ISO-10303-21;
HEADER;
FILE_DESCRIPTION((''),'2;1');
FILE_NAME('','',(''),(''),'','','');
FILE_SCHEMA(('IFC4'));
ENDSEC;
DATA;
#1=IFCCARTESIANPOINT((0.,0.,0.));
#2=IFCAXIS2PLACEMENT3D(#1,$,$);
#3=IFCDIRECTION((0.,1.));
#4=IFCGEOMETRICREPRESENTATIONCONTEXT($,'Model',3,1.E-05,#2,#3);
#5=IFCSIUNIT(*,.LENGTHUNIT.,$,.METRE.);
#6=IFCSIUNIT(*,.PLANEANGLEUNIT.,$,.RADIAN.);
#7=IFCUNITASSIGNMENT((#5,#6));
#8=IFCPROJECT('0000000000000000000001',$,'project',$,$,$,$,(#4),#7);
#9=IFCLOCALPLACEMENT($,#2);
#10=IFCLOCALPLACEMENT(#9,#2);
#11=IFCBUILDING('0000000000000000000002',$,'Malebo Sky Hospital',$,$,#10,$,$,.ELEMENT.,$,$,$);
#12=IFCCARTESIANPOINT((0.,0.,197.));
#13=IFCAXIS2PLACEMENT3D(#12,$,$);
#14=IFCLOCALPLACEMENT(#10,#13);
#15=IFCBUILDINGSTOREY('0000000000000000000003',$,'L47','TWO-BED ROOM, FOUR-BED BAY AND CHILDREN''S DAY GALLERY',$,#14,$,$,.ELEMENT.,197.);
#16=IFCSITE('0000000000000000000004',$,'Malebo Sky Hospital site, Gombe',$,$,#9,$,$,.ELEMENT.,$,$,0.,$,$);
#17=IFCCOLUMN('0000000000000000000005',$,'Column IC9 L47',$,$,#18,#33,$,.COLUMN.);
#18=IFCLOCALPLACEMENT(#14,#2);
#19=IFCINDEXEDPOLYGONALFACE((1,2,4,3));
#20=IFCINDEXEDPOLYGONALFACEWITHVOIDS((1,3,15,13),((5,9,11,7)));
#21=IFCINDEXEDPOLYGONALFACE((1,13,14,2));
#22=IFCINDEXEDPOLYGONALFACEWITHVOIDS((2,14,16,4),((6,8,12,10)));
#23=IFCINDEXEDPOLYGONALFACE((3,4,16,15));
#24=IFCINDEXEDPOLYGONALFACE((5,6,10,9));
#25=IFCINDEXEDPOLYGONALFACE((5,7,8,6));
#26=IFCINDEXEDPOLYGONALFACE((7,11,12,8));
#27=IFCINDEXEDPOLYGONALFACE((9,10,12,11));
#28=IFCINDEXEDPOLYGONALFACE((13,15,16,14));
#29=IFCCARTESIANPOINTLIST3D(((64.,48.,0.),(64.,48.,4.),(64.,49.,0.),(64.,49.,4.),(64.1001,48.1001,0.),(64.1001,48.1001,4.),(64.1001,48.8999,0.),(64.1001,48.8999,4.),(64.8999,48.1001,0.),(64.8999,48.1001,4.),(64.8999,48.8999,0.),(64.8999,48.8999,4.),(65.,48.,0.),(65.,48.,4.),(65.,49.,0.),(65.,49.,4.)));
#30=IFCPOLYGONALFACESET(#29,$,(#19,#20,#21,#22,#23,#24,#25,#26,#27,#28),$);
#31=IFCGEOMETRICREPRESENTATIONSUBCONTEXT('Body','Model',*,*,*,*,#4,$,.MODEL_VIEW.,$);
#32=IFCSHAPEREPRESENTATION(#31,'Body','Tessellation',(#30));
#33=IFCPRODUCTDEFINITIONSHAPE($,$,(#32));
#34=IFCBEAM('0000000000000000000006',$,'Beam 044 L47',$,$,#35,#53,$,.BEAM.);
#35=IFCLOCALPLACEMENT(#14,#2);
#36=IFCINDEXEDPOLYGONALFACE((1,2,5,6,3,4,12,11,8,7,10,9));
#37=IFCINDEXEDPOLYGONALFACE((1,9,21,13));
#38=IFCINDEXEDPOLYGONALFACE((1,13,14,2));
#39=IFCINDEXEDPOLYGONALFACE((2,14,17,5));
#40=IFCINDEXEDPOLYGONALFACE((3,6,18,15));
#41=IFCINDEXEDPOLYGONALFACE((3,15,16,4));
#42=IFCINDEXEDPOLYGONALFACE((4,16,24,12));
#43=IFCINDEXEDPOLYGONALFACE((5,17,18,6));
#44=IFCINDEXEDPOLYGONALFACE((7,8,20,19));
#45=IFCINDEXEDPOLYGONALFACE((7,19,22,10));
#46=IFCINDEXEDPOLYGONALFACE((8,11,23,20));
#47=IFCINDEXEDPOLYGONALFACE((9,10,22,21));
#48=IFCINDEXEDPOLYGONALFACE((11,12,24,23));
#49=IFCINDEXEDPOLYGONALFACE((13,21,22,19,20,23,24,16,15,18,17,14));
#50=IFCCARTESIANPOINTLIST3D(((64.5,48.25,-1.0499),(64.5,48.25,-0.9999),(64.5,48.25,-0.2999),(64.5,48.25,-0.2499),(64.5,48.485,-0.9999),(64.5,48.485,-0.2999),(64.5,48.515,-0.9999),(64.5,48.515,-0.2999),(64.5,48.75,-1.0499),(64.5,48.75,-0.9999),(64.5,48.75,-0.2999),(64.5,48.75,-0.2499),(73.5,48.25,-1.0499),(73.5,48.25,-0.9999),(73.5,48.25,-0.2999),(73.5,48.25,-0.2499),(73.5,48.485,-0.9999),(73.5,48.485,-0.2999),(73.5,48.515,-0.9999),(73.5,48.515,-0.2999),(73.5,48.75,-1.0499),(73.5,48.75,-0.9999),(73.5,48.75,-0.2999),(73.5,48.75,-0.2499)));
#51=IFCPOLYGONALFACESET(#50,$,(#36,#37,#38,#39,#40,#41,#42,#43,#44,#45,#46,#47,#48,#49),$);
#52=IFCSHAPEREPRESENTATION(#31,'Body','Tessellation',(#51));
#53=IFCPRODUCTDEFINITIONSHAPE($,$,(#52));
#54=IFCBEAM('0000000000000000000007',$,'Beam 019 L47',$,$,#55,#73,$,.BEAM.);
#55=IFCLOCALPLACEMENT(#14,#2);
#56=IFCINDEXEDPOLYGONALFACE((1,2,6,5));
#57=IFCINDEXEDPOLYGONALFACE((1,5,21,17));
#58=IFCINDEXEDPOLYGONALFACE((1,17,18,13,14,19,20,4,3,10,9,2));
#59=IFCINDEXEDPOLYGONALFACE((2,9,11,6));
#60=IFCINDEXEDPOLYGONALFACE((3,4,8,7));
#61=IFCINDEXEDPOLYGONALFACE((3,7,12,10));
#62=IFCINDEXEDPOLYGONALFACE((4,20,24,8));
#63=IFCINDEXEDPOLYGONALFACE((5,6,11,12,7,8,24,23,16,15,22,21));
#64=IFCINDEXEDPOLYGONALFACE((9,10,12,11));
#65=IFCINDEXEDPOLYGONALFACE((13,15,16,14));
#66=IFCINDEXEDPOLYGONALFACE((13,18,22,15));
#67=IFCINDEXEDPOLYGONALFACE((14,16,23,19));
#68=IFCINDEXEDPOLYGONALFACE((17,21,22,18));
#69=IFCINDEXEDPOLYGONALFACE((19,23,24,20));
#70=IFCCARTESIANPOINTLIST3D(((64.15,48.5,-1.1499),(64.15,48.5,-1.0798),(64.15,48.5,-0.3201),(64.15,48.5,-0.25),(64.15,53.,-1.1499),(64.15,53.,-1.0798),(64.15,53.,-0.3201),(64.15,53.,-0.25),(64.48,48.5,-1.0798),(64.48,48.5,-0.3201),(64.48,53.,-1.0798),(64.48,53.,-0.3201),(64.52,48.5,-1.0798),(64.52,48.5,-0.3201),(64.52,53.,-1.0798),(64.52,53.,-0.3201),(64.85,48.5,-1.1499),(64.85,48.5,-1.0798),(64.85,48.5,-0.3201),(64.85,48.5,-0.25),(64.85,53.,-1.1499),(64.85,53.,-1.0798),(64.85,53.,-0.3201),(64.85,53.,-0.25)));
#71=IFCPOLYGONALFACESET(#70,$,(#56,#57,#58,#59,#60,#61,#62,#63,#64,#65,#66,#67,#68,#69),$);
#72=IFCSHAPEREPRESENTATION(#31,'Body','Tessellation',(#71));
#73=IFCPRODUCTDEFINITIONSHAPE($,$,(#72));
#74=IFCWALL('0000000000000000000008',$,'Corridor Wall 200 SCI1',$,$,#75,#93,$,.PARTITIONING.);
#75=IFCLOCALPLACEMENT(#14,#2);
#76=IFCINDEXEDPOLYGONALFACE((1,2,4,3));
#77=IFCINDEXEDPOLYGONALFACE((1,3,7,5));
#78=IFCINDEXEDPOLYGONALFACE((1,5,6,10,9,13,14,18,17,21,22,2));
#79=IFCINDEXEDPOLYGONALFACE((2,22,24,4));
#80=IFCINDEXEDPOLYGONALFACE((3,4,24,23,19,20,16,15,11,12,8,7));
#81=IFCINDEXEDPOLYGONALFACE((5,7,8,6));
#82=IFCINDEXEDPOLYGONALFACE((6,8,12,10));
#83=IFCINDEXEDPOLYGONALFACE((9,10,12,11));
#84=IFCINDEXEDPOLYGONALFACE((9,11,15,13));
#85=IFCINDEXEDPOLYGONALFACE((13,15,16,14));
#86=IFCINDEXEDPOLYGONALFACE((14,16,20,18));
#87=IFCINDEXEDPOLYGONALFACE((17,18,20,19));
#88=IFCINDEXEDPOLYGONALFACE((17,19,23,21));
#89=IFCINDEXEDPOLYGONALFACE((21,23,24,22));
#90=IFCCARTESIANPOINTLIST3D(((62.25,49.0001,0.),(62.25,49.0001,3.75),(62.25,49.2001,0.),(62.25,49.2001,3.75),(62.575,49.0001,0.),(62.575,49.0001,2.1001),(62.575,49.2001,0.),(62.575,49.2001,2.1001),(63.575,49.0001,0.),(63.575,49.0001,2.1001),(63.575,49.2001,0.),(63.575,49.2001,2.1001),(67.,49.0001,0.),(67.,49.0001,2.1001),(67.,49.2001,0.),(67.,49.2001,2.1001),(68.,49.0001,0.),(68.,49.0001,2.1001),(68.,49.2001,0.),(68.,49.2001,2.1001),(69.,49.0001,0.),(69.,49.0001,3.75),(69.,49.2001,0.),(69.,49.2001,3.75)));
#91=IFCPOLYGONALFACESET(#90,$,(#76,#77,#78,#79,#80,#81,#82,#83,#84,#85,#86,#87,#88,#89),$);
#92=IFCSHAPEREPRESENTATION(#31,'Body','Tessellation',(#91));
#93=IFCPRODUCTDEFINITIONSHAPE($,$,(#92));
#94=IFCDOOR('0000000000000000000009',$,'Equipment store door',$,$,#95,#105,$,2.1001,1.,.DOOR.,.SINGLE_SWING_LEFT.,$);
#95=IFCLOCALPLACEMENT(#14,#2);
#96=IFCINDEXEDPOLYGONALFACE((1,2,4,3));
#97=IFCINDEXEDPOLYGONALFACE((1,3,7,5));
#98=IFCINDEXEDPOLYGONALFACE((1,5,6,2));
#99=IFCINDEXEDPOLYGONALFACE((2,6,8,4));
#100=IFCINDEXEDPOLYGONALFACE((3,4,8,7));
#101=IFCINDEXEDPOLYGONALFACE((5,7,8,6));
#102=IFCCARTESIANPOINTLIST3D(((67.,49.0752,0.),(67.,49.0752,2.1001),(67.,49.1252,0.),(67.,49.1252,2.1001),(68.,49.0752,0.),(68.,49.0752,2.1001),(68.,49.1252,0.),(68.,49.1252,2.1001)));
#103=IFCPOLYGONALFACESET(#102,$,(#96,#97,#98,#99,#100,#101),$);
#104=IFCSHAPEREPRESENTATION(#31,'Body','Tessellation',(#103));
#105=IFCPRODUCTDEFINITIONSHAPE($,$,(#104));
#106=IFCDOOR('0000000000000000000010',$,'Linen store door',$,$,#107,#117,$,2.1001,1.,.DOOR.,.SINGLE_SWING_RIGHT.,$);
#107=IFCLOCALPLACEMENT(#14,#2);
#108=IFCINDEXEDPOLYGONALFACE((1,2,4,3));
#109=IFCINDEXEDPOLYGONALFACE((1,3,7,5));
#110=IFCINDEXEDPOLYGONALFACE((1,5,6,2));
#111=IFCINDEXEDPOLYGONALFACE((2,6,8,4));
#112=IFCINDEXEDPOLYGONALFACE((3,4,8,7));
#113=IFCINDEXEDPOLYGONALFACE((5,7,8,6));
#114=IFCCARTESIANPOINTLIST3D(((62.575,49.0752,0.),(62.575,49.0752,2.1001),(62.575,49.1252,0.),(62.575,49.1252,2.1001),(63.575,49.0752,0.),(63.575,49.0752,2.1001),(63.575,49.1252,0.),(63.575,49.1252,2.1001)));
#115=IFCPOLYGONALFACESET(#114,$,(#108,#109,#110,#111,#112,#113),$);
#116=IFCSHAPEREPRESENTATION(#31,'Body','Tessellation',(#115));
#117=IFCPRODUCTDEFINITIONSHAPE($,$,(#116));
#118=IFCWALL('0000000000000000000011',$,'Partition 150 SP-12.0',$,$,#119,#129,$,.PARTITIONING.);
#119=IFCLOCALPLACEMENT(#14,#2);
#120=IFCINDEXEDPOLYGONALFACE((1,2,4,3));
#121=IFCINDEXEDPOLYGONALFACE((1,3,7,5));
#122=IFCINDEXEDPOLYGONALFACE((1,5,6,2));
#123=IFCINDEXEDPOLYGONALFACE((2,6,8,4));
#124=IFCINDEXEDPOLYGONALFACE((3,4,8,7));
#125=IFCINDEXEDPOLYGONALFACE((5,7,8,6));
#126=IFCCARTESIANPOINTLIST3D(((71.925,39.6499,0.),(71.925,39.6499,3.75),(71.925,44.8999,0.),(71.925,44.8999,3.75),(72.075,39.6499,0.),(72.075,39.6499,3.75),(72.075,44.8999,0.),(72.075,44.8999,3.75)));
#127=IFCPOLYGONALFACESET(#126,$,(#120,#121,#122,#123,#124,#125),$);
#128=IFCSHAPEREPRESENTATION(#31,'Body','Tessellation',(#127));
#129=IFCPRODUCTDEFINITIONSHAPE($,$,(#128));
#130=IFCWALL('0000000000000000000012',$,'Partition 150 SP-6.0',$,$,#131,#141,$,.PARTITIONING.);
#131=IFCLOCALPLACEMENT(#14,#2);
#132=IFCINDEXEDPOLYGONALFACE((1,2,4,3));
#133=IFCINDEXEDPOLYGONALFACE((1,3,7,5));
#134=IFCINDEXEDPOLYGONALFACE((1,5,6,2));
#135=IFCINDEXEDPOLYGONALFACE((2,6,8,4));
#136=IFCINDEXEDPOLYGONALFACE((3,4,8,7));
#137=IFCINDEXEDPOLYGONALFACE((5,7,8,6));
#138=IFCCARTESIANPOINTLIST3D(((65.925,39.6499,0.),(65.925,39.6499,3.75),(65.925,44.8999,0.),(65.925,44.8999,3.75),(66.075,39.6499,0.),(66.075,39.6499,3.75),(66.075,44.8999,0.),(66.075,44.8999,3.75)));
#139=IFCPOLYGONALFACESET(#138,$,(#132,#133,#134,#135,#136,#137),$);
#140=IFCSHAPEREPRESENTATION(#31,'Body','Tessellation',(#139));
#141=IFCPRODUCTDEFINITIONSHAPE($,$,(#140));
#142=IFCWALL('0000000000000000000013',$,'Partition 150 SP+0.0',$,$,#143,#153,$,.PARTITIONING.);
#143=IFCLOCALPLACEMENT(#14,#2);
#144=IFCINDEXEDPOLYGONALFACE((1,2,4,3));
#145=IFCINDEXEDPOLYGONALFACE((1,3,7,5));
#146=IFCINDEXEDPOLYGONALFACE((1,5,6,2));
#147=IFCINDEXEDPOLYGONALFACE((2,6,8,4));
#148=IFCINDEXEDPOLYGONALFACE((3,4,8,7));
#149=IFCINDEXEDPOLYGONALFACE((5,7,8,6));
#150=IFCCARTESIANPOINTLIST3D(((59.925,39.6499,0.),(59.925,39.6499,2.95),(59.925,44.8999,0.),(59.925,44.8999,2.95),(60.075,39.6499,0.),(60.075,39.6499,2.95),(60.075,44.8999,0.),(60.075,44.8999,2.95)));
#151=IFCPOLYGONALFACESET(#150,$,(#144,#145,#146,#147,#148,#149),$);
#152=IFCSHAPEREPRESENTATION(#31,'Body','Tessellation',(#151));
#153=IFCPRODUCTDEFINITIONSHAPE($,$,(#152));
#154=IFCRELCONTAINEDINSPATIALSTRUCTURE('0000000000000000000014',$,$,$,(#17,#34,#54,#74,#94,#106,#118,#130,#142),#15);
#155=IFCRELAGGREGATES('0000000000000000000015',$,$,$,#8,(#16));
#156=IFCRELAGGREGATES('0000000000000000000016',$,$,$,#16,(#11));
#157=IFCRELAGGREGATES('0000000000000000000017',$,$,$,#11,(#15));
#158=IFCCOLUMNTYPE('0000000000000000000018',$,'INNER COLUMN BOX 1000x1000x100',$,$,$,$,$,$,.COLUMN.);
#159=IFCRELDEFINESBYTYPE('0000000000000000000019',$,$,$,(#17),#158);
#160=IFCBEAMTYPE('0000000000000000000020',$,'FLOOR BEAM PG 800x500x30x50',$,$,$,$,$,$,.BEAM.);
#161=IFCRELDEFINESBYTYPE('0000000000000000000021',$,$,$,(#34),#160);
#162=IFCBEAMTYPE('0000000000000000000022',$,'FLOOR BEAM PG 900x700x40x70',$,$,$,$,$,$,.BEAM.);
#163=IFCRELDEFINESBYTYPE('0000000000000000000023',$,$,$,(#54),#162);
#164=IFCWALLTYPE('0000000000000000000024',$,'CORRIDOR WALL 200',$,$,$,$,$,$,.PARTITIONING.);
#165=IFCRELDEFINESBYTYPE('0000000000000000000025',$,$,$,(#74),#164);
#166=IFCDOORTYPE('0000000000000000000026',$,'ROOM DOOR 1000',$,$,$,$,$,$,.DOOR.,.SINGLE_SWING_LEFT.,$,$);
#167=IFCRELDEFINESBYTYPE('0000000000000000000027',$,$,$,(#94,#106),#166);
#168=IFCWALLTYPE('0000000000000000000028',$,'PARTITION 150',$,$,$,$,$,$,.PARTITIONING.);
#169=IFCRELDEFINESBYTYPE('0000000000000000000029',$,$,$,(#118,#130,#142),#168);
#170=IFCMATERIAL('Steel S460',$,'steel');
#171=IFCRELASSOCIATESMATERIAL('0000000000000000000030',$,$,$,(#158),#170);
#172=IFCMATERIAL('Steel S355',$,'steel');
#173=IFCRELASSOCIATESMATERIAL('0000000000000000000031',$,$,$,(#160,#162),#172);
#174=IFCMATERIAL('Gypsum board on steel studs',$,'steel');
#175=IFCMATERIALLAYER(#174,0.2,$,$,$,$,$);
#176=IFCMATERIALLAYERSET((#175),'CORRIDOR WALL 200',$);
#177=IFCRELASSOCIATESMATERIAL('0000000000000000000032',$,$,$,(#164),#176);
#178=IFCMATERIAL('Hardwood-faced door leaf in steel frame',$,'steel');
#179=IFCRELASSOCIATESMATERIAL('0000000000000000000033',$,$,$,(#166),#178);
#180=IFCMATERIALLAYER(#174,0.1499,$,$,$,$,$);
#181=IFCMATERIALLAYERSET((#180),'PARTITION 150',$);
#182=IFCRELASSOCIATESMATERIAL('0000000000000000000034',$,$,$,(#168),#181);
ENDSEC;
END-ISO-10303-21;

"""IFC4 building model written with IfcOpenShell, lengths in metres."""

from ifc_helpers import new_model, si_unit, direction, frame, frame_2d, origin, origin_2d, place, context, subcontext, project, spatial, rectangle, hollow_rectangle, i_section, extrude, material, layer, layer_set, material_profile, profile_set, type_object, element, fill, save


model = new_model("IFC4")

# Units and contexts
model_context = context("Model", 3, precision=1e-05, world=origin(), true_north=direction((0.0, 1.0)))
body_context = subcontext(model_context, "Body", "Model", "MODEL_VIEW")
ifc_project = project(units=[si_unit("LENGTHUNIT", "METRE"), si_unit("PLANEANGLEUNIT", "RADIAN")], contexts=[model_context])

# Site, building, storey
site_placement = place(None, origin())
site = spatial("IfcSite", under=ifc_project, at=site_placement, Name="Malebo Sky Hospital site, Gombe", CompositionType="ELEMENT", RefElevation=0.0)
building_placement = place(site_placement, origin())
building = spatial("IfcBuilding", under=site, at=building_placement, Name="Malebo Sky Hospital", CompositionType="ELEMENT")
storey_placement = place(building_placement, frame((0.0, 0.0, 197.0)))
storey = spatial("IfcBuildingStorey", under=building, at=storey_placement, Name="L47", Description="TWO-BED ROOM, FOUR-BED BAY AND CHILDREN'S DAY GALLERY", CompositionType="ELEMENT", Elevation=197.0)

# Column
ifc_material_1 = material(Name="Steel S460", Category="steel")
ifc_material_profile_1 = material_profile(ifc_material_1, hollow_rectangle(XDim=1.0, YDim=1.0, WallThickness=0.1001, at=origin_2d()), Name="BOX 1000x1000x100")
ifc_profile_set_1 = profile_set([ifc_material_profile_1], Name="Steel S460")
column_type = type_object("IfcColumnType", Name="INNER COLUMN BOX 1000x1000x100", PredefinedType="COLUMN", material=ifc_profile_set_1)
column_placement = place(storey_placement, frame((64.5, 48.5, 0.0), z_axis=(0.0, 0.0, 1.0), x_axis=(1.0, 0.0, 0.0)))
element("IfcColumn", 1, at=column_placement, inside=storey, type_object=column_type, Name="Column IC9 L47", PredefinedType="COLUMN", context=body_context, shape_type="SweptSolid", body=[
    extrude(hollow_rectangle(XDim=1.0, YDim=1.0, WallThickness=0.1001, at=origin_2d()), origin(), (0.0, 0.0, 1.0), 4.0),
])

# Beams
ifc_material_2 = material(Name="Steel S355", Category="steel")
ifc_material_profile_2 = material_profile(ifc_material_2, i_section(OverallWidth=0.5, OverallDepth=0.8, WebThickness=0.03, FlangeThickness=0.05, at=origin_2d()), Name="PG 800x500x30x50")
ifc_profile_set_2 = profile_set([ifc_material_profile_2], Name="Steel S355")
beam_type_1 = type_object("IfcBeamType", Name="FLOOR BEAM PG 800x500x30x50", PredefinedType="BEAM", material=ifc_profile_set_2)
beam_1_placement = place(storey_placement, frame((64.5, 48.5, -0.6499), z_axis=(1.0, 0.0, 0.0), x_axis=(0.0, 1.0, 0.0)))
element("IfcBeam", 2, at=beam_1_placement, inside=storey, type_object=beam_type_1, Name="Beam 044 L47", PredefinedType="BEAM", context=body_context, shape_type="SweptSolid", body=[
    extrude(i_section(OverallWidth=0.5, OverallDepth=0.8, WebThickness=0.03, FlangeThickness=0.05, at=origin_2d()), origin(), (0.0, 0.0, 1.0), 9.0),
])
ifc_material_profile_3 = material_profile(ifc_material_2, i_section(OverallWidth=0.7, OverallDepth=0.8999, WebThickness=0.04, FlangeThickness=0.0701, at=origin_2d()), Name="PG 900x700x40x70")
ifc_profile_set_3 = profile_set([ifc_material_profile_3], Name="Steel S355")
beam_type_2 = type_object("IfcBeamType", Name="FLOOR BEAM PG 900x700x40x70", PredefinedType="BEAM", material=ifc_profile_set_3)
beam_2_placement = place(storey_placement, frame((64.5, 48.5, -0.7), z_axis=(0.0, 1.0, 0.0), x_axis=(-1.0, 0.0, 0.0)))
element("IfcBeam", 3, at=beam_2_placement, inside=storey, type_object=beam_type_2, Name="Beam 019 L47", PredefinedType="BEAM", context=body_context, shape_type="SweptSolid", body=[
    extrude(i_section(OverallWidth=0.7, OverallDepth=0.8999, WebThickness=0.04, FlangeThickness=0.0701, at=origin_2d()), origin(), (0.0, 0.0, 1.0), 4.5),
])

# Wall, openings, doors
ifc_material_3 = material(Name="Gypsum board on steel studs", Category="steel")
ifc_layer_1 = layer(ifc_material_3, 0.2)
ifc_layer_set_1 = layer_set([ifc_layer_1], Name="CORRIDOR WALL 200")
wall_type_1 = type_object("IfcWallType", Name="CORRIDOR WALL 200", PredefinedType="PARTITIONING", material=ifc_layer_set_1)
wall_1_placement = place(storey_placement, frame((69.0, 49.1001, 0.0), z_axis=(0.0, 0.0, 1.0), x_axis=(-1.0, 0.0, 0.0)))
wall_1 = element("IfcWall", 4, at=wall_1_placement, inside=storey, type_object=wall_type_1, Name="Corridor Wall 200 SCI1", PredefinedType="PARTITIONING", context=body_context, shape_type="SweptSolid", body=[
    extrude(rectangle(XDim=6.75, YDim=0.2, at=frame_2d((3.375, 0.0))), origin(), (0.0, 0.0, 1.0), 3.75),
])
opening_1_placement = place(wall_1_placement, frame((1.0, 0.0, 0.0)))
opening_1 = element("IfcOpeningElement", 5, at=opening_1_placement, cuts=wall_1, PredefinedType="OPENING", context=body_context, shape_type="SweptSolid", body=[
    extrude(rectangle(XDim=1.0, YDim=2.1001, at=frame_2d((0.5, 1.05))), frame((0.0, 0.1099, 0.0), z_axis=(0.0, -1.0, 0.0), x_axis=(1.0, 0.0, 0.0)), (0.0, 0.0, 1.0), 0.22),
])
opening_2_placement = place(wall_1_placement, frame((5.425, 0.0, 0.0)))
opening_2 = element("IfcOpeningElement", 6, at=opening_2_placement, cuts=wall_1, PredefinedType="OPENING", context=body_context, shape_type="SweptSolid", body=[
    extrude(rectangle(XDim=1.0, YDim=2.1001, at=frame_2d((0.5, 1.05))), frame((0.0, 0.1099, 0.0), z_axis=(0.0, -1.0, 0.0), x_axis=(1.0, 0.0, 0.0)), (0.0, 0.0, 1.0), 0.22),
])
ifc_material_4 = material(Name="Hardwood-faced door leaf in steel frame", Category="steel")
door_type_1 = type_object("IfcDoorType", Name="ROOM DOOR 1000", OperationType="SINGLE_SWING_LEFT", PredefinedType="DOOR", material=ifc_material_4)
door_1_placement = place(opening_1_placement, origin())
door_1 = element("IfcDoor", 7, at=door_1_placement, inside=storey, type_object=door_type_1, Name="Equipment store door", OperationType="SINGLE_SWING_LEFT", OverallHeight=2.1001, OverallWidth=1.0, PredefinedType="DOOR", context=body_context, shape_type="SweptSolid", body=[
    extrude(rectangle(XDim=1.0, YDim=2.1001, at=frame_2d((0.5, 1.05))), frame((0.0, 0.0249, 0.0), z_axis=(0.0, -1.0, 0.0), x_axis=(1.0, 0.0, 0.0)), (0.0, 0.0, 1.0), 0.05),
])
fill(opening_1, door_1)
door_2_placement = place(opening_2_placement, origin())
door_2 = element("IfcDoor", 8, at=door_2_placement, inside=storey, type_object=door_type_1, Name="Linen store door", OperationType="SINGLE_SWING_RIGHT", OverallHeight=2.1001, OverallWidth=1.0, PredefinedType="DOOR", context=body_context, shape_type="SweptSolid", body=[
    extrude(rectangle(XDim=1.0, YDim=2.1001, at=frame_2d((0.5, 1.05))), frame((0.0, 0.0249, 0.0), z_axis=(0.0, -1.0, 0.0), x_axis=(1.0, 0.0, 0.0)), (0.0, 0.0, 1.0), 0.05),
])
fill(opening_2, door_2)

# Walls
ifc_layer_2 = layer(ifc_material_3, 0.1499)
ifc_layer_set_2 = layer_set([ifc_layer_2], Name="PARTITION 150")
wall_type_2 = type_object("IfcWallType", Name="PARTITION 150", PredefinedType="PARTITIONING", material=ifc_layer_set_2)
for number, where, z_axis, x_axis, name in (
    (9, (72.0, 44.8999, 0.0), (0.0, 0.0, 1.0), (0.0, -1.0, 0.0), "Partition 150 SP-12.0"),
    (10, (66.0, 44.8999, 0.0), (0.0, 0.0, 1.0), (0.0, -1.0, 0.0), "Partition 150 SP-6.0"),
):
    element("IfcWall", number, at=place(storey_placement, frame(where, z_axis=z_axis, x_axis=x_axis)), inside=storey, type_object=wall_type_2, Name=name, PredefinedType="PARTITIONING", context=body_context, shape_type="SweptSolid", body=[
        extrude(rectangle(XDim=5.25, YDim=0.1499, at=frame_2d((2.625, 0.0))), origin(), (0.0, 0.0, 1.0), 3.75),
    ])
wall_2_placement = place(storey_placement, frame((60.0, 44.8999, 0.0), z_axis=(0.0, 0.0, 1.0), x_axis=(0.0, -1.0, 0.0)))
element("IfcWall", 11, at=wall_2_placement, inside=storey, type_object=wall_type_2, Name="Partition 150 SP+0.0", PredefinedType="PARTITIONING", context=body_context, shape_type="SweptSolid", body=[
    extrude(rectangle(XDim=5.25, YDim=0.1499, at=frame_2d((2.625, 0.0))), origin(), (0.0, 0.0, 1.0), 2.95),
])

save(model, "model.ifc")
